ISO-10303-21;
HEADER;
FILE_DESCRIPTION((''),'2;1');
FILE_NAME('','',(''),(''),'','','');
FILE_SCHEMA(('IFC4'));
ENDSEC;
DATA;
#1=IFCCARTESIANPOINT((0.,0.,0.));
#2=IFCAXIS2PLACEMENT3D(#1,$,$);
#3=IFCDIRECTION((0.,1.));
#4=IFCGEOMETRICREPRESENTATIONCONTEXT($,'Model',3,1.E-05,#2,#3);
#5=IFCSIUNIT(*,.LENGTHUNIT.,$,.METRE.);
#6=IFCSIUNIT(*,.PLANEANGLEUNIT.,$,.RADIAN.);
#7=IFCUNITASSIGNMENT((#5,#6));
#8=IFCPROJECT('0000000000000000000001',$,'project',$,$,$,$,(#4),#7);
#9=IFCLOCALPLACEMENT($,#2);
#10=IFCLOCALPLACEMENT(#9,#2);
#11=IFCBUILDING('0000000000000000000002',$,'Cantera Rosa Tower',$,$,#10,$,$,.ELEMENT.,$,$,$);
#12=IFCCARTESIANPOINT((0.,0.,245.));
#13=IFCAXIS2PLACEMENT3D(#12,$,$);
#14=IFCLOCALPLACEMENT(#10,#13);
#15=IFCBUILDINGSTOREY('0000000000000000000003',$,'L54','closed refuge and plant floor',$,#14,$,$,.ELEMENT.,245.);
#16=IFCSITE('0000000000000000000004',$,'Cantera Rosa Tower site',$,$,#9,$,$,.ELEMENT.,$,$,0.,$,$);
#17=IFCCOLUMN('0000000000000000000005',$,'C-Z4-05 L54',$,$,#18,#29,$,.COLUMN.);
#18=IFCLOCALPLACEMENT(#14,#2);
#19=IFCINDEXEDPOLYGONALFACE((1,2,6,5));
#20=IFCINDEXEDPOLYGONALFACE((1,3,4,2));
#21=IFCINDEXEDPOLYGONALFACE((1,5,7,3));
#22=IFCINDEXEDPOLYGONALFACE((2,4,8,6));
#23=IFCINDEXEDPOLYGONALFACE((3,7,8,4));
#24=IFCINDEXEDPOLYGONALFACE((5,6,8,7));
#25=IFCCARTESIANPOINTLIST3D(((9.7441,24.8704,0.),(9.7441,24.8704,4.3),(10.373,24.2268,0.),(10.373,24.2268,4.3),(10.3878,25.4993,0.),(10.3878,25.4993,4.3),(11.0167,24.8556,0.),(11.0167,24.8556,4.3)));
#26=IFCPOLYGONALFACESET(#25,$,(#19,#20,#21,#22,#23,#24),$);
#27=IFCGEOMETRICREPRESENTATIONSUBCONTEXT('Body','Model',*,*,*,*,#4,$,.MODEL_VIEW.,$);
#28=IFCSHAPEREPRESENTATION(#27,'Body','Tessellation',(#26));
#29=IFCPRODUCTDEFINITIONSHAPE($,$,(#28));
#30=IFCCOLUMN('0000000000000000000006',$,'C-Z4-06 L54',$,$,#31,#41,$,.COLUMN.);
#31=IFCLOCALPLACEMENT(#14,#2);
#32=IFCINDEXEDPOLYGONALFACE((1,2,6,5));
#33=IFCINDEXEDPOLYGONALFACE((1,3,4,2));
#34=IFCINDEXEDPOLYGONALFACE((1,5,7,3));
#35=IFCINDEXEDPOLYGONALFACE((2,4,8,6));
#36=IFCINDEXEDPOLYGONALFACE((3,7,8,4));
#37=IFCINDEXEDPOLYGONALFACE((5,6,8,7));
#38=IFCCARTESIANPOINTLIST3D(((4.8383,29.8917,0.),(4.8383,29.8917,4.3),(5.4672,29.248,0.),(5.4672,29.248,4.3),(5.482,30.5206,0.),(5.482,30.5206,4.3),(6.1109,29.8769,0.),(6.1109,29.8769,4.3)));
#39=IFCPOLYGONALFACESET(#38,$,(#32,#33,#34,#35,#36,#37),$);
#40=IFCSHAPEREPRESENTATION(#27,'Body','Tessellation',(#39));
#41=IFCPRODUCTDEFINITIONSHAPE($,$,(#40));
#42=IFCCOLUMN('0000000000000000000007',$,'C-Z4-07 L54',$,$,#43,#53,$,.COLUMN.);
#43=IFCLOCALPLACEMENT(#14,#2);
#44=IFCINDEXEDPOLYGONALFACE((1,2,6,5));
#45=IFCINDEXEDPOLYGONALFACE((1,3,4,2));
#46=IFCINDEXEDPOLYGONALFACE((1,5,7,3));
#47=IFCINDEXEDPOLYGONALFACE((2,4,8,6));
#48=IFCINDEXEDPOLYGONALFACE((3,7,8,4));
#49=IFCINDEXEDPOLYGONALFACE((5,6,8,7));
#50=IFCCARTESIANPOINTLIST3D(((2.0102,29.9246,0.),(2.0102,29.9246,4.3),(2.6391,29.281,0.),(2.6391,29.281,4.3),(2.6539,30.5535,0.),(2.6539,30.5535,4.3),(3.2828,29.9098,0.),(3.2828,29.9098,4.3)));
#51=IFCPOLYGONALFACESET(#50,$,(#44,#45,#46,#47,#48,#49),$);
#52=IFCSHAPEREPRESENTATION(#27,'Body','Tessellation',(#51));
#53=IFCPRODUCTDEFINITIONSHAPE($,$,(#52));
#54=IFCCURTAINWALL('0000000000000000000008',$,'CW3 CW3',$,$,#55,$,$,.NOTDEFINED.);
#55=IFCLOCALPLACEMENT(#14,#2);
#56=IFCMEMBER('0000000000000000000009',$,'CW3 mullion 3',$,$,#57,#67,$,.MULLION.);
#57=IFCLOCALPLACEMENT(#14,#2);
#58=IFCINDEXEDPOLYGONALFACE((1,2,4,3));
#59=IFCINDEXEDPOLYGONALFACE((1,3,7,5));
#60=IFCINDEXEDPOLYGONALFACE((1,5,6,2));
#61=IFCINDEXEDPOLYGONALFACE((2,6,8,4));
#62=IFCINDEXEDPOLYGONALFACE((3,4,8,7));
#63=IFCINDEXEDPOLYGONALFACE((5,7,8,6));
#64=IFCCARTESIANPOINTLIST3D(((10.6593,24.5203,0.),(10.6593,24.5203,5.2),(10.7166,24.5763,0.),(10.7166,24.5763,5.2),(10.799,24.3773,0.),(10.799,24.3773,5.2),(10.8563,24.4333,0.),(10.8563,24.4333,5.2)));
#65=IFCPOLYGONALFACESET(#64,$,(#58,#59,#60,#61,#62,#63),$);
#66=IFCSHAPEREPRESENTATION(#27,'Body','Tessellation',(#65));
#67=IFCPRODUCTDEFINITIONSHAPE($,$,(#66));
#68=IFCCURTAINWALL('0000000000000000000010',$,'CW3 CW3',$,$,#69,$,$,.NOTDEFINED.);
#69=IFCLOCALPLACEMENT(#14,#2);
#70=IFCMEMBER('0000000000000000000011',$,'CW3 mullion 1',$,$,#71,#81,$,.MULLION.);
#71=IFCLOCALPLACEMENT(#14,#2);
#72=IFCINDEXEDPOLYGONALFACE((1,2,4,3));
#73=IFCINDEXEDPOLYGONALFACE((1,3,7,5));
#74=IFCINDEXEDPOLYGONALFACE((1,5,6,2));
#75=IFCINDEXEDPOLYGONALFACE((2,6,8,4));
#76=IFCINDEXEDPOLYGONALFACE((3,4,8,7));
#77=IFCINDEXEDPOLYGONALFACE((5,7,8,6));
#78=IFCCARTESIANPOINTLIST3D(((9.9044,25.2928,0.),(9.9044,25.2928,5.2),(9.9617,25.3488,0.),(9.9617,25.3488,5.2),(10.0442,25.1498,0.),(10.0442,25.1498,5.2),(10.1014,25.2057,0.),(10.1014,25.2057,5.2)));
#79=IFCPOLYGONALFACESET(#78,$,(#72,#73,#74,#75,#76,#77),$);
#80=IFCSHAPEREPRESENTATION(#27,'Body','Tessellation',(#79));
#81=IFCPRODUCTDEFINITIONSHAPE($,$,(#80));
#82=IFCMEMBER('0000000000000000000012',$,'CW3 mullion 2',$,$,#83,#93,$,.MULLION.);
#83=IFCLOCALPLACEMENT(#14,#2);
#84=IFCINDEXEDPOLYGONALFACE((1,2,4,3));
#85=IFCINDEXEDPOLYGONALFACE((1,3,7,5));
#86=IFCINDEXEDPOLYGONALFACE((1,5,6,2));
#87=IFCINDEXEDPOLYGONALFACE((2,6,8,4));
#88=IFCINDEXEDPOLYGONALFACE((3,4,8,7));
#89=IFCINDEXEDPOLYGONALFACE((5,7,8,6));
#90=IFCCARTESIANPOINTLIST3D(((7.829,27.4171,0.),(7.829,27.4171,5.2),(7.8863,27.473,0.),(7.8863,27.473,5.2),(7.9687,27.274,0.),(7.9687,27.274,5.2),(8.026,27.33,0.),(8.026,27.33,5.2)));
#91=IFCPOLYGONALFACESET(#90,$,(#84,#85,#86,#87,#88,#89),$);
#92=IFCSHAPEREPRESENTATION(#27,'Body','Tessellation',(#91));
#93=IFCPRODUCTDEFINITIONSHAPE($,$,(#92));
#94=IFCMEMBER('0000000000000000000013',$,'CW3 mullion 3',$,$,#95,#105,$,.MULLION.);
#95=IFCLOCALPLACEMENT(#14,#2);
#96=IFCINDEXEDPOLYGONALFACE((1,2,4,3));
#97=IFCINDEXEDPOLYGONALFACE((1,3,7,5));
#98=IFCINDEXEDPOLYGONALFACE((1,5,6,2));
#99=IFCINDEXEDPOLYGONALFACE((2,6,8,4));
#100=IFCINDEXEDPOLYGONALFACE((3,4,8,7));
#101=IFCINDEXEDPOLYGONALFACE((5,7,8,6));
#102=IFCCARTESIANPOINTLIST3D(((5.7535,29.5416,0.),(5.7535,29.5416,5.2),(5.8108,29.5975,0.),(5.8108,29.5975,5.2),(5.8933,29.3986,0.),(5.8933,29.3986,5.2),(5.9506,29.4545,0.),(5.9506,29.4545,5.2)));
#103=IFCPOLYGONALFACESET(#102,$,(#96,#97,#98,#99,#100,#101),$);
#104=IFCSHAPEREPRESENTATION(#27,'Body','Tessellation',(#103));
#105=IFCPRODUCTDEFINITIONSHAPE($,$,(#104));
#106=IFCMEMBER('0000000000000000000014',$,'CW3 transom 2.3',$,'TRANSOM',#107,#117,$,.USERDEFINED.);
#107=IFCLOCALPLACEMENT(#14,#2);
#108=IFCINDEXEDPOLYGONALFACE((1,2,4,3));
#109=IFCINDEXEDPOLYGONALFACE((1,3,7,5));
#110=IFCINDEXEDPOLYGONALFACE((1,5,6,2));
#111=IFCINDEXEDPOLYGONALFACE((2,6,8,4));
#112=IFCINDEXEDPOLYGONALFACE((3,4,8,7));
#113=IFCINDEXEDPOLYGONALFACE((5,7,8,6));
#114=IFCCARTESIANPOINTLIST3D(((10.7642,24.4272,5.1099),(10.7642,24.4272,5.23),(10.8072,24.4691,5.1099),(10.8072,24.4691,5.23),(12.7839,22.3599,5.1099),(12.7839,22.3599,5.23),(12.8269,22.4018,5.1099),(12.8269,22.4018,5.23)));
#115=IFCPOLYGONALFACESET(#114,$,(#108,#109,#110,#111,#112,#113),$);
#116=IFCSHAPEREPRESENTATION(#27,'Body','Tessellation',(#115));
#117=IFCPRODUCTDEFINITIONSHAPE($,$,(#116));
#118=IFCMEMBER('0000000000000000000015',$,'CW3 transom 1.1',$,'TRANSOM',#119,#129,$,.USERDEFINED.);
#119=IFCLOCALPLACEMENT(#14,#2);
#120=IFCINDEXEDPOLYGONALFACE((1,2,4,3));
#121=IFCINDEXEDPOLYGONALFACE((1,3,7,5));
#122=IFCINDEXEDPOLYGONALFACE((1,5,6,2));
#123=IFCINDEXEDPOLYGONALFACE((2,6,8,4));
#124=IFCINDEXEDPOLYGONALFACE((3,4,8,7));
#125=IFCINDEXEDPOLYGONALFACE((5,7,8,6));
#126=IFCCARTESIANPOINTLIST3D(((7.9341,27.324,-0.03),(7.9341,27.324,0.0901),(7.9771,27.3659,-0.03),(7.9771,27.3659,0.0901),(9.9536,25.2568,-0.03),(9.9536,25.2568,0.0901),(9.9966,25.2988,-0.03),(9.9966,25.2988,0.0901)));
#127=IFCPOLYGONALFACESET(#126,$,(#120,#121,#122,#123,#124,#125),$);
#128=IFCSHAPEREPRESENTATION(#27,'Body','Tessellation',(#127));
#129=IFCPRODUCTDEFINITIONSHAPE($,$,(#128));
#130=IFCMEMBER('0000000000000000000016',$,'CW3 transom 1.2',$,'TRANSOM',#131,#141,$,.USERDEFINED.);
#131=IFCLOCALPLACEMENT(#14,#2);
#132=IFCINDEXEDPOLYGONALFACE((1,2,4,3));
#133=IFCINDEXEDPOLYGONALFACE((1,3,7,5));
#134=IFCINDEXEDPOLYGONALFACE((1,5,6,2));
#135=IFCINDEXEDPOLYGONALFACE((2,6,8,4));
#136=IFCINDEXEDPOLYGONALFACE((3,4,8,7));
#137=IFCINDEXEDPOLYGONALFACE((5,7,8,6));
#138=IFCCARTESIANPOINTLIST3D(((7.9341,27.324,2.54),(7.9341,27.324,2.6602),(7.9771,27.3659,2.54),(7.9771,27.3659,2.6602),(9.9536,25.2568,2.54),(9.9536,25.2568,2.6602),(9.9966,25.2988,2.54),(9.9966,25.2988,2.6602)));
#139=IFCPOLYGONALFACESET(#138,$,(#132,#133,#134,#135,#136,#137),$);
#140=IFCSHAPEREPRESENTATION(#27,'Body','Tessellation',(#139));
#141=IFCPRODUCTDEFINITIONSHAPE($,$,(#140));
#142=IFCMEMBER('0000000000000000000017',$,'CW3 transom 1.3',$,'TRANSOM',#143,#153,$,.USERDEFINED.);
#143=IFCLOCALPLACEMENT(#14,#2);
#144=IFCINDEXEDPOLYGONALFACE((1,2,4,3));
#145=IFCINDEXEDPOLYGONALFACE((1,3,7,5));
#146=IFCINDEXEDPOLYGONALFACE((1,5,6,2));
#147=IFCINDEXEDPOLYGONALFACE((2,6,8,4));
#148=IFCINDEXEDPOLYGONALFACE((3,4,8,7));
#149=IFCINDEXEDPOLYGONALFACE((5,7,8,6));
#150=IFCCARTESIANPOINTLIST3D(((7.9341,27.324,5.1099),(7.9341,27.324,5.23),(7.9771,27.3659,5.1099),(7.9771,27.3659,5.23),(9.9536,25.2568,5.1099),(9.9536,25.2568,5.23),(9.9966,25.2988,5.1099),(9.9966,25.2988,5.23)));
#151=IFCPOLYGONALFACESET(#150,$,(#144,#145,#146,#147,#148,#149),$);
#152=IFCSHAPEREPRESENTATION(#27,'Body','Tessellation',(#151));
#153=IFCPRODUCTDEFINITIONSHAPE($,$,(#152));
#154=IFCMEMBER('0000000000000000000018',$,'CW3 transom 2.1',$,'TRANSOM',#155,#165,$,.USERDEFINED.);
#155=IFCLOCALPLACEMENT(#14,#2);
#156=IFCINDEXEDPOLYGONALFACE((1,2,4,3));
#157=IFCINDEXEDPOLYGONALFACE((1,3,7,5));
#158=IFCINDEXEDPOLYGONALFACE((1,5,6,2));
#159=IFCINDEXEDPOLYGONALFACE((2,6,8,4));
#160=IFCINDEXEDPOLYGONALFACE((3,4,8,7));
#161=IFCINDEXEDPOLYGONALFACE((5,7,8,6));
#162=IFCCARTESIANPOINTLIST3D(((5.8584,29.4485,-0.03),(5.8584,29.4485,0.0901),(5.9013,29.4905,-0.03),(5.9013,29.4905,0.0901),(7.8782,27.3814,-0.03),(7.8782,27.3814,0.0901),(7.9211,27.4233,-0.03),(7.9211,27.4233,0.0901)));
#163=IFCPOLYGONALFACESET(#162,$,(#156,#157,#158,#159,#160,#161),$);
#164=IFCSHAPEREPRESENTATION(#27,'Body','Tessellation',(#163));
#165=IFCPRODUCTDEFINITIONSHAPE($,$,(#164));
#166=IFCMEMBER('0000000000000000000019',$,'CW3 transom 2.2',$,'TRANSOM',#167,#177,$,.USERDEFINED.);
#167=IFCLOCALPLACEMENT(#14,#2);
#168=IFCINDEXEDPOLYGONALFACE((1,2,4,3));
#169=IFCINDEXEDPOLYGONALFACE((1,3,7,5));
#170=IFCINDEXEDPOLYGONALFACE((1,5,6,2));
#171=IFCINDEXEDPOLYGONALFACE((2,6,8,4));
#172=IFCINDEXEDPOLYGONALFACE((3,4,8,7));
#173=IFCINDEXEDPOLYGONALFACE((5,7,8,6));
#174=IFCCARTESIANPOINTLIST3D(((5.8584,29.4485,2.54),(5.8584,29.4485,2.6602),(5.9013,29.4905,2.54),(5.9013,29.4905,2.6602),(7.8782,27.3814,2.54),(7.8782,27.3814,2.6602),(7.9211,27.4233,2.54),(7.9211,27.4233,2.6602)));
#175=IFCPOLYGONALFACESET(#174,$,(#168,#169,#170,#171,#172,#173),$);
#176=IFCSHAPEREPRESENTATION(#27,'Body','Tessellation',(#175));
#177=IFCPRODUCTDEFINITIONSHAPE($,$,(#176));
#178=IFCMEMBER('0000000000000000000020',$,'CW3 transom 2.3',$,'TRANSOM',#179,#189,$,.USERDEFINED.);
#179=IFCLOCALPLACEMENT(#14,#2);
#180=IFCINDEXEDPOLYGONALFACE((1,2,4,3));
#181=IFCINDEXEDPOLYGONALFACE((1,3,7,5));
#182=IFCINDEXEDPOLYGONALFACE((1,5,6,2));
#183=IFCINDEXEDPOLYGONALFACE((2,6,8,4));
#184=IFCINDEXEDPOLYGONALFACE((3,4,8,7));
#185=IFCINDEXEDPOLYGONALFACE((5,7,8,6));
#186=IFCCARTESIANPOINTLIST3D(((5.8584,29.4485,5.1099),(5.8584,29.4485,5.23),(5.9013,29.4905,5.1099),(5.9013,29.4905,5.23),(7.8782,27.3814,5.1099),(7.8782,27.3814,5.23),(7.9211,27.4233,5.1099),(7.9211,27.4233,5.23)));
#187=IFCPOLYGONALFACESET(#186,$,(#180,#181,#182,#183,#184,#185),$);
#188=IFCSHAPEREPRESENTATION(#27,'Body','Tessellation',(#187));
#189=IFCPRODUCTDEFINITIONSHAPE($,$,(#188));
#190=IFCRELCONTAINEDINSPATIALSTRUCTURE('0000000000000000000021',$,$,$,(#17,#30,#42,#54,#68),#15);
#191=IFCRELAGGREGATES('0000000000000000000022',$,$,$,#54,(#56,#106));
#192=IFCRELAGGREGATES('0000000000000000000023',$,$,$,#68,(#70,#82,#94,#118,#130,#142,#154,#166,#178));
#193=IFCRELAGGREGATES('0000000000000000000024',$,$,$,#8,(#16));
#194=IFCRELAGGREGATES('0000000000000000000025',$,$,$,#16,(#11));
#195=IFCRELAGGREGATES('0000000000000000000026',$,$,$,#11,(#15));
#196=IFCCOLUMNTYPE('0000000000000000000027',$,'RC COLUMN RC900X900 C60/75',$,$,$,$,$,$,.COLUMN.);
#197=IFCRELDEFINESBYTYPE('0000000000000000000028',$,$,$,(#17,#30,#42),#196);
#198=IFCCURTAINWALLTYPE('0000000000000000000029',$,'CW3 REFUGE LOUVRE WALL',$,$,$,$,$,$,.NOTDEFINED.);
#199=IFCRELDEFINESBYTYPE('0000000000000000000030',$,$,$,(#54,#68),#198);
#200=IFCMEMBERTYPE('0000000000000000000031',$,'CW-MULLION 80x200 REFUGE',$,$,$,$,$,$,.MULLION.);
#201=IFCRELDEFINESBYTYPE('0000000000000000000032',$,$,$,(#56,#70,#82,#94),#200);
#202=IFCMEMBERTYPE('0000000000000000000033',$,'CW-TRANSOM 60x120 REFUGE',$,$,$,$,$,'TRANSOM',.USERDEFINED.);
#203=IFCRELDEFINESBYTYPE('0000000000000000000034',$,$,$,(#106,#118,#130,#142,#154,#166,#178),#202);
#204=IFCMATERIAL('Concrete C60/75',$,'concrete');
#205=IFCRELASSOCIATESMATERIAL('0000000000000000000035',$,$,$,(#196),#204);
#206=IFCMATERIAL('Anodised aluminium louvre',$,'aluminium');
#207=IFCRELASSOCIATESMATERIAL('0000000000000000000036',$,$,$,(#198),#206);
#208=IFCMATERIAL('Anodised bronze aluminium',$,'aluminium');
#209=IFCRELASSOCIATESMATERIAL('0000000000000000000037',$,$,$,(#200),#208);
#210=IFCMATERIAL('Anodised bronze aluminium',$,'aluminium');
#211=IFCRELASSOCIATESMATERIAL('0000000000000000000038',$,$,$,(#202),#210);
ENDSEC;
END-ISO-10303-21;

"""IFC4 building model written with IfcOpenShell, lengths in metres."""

from ifc_helpers import new_model, si_unit, direction, frame, origin, origin_2d, place, context, subcontext, project, spatial, rectangle, extrude, material, material_profile, profile_set, type_object, element, aggregate, save


model = new_model("IFC4")

# Units and contexts
model_context = context("Model", 3, precision=1e-05, world=origin(), true_north=direction((0.0, 1.0)))
body_context = subcontext(model_context, "Body", "Model", "MODEL_VIEW")
ifc_project = project(units=[si_unit("LENGTHUNIT", "METRE"), si_unit("PLANEANGLEUNIT", "RADIAN")], contexts=[model_context])

# Site, building, storey
site_placement = place(None, origin())
site = spatial("IfcSite", under=ifc_project, at=site_placement, Name="Cantera Rosa Tower site", CompositionType="ELEMENT", RefElevation=0.0)
building_placement = place(site_placement, origin())
building = spatial("IfcBuilding", under=site, at=building_placement, Name="Cantera Rosa Tower", CompositionType="ELEMENT")
storey_placement = place(building_placement, frame((0.0, 0.0, 245.0)))
storey = spatial("IfcBuildingStorey", under=building, at=storey_placement, Name="L54", Description="closed refuge and plant floor", CompositionType="ELEMENT", Elevation=245.0)

# Columns
ifc_material_1 = material(Name="Concrete C60/75", Category="concrete")
ifc_material_profile_1 = material_profile(ifc_material_1, rectangle(XDim=0.8999, YDim=0.8999, at=origin_2d()), Name="RC COLUMN RC900X900 C60/75")
ifc_profile_set_1 = profile_set([ifc_material_profile_1], Name="Concrete C60/75")
column_type = type_object("IfcColumnType", Name="RC COLUMN RC900X900 C60/75", PredefinedType="COLUMN", material=ifc_profile_set_1)
for number, where, z_axis, x_axis, name in (
    (1, (10.3804, 24.863, 0.0), (0.0, 0.0, 1.0), (0.715286, 0.698832, 0.0), "C-Z4-05 L54"),
    (2, (5.4746, 29.8843, 0.0), (0.0, 0.0, 1.0), (0.715286, 0.698832, 0.0), "C-Z4-06 L54"),
    (3, (2.6465, 29.9172, 0.0), (0.0, 0.0, 1.0), (0.715286, 0.698832, 0.0), "C-Z4-07 L54"),
):
    element("IfcColumn", number, at=place(storey_placement, frame(where, z_axis=z_axis, x_axis=x_axis)), inside=storey, type_object=column_type, Name=name, PredefinedType="COLUMN", context=body_context, shape_type="SweptSolid", body=[
        extrude(rectangle(XDim=0.8999, YDim=0.8999, at=origin_2d()), origin(), (0.0, 0.0, 1.0), 4.3),
    ])

# Curtain wall, member
ifc_material_2 = material(Name="Anodised aluminium louvre", Category="aluminium")
curtain_wall_type = type_object("IfcCurtainWallType", Name="CW3 REFUGE LOUVRE WALL", PredefinedType="NOTDEFINED", material=ifc_material_2)
curtain_wall_1_placement = place(storey_placement, origin())
curtain_wall_1 = element("IfcCurtainWall", 4, at=curtain_wall_1_placement, inside=storey, type_object=curtain_wall_type, Name="CW3 CW3", PredefinedType="NOTDEFINED")
ifc_material_3 = material(Name="Anodised bronze aluminium", Category="aluminium")
ifc_material_profile_2 = material_profile(ifc_material_3, rectangle(XDim=0.0801, YDim=0.2, at=origin_2d()), Name="CW-MULLION 80x200 REFUGE")
ifc_profile_set_2 = profile_set([ifc_material_profile_2], Name="Anodised bronze aluminium")
member_type_1 = type_object("IfcMemberType", Name="CW-MULLION 80x200 REFUGE", PredefinedType="MULLION", material=ifc_profile_set_2)
member_1_placement = place(storey_placement, frame((10.7578, 24.4768, 0.0), z_axis=(0.0, 0.0, 1.0), x_axis=(-0.715286, -0.698832, 0.0)))
member_1 = element("IfcMember", 5, at=member_1_placement, type_object=member_type_1, Name="CW3 mullion 3", PredefinedType="MULLION", context=body_context, shape_type="SweptSolid", body=[
    extrude(rectangle(XDim=0.0801, YDim=0.2, at=origin_2d()), origin(), (0.0, 0.0, 1.0), 5.2),
])

# Curtain wall, members
curtain_wall_2_placement = place(storey_placement, origin())
curtain_wall_2 = element("IfcCurtainWall", 6, at=curtain_wall_2_placement, inside=storey, type_object=curtain_wall_type, Name="CW3 CW3", PredefinedType="NOTDEFINED")
member_2_placement = place(storey_placement, frame((10.0029, 25.2493, 0.0), z_axis=(0.0, 0.0, 1.0), x_axis=(-0.715286, -0.698832, 0.0)))
member_2 = element("IfcMember", 7, at=member_2_placement, type_object=member_type_1, Name="CW3 mullion 1", PredefinedType="MULLION", context=body_context, shape_type="SweptSolid", body=[
    extrude(rectangle(XDim=0.0801, YDim=0.2, at=origin_2d()), origin(), (0.0, 0.0, 1.0), 5.2),
])
member_3_placement = place(storey_placement, frame((7.9275, 27.3735, 0.0), z_axis=(0.0, 0.0, 1.0), x_axis=(-0.715286, -0.698832, 0.0)))
member_3 = element("IfcMember", 8, at=member_3_placement, type_object=member_type_1, Name="CW3 mullion 2", PredefinedType="MULLION", context=body_context, shape_type="SweptSolid", body=[
    extrude(rectangle(XDim=0.0801, YDim=0.2, at=origin_2d()), origin(), (0.0, 0.0, 1.0), 5.2),
])
member_4_placement = place(storey_placement, frame((5.8521, 29.498, 0.0), z_axis=(0.0, 0.0, 1.0), x_axis=(-0.715286, -0.698832, 0.0)))
member_4 = element("IfcMember", 9, at=member_4_placement, type_object=member_type_1, Name="CW3 mullion 3", PredefinedType="MULLION", context=body_context, shape_type="SweptSolid", body=[
    extrude(rectangle(XDim=0.0801, YDim=0.2, at=origin_2d()), origin(), (0.0, 0.0, 1.0), 5.2),
])

# Members
ifc_material_4 = material(Name="Anodised bronze aluminium", Category="aluminium")
ifc_material_profile_3 = material_profile(ifc_material_4, rectangle(XDim=0.0601, YDim=0.1201, at=origin_2d()), Name="CW-TRANSOM 60x120 REFUGE")
ifc_profile_set_3 = profile_set([ifc_material_profile_3], Name="Anodised bronze aluminium")
member_type_2 = type_object("IfcMemberType", Name="CW-TRANSOM 60x120 REFUGE", ElementType="TRANSOM", PredefinedType="USERDEFINED", material=ifc_profile_set_3)
member_5_placement = place(storey_placement, frame((12.8054, 22.3809, 5.1699), z_axis=(-0.698823, 0.715295, 0.0), x_axis=(-0.715295, -0.698823, 0.0)))
member_5 = element("IfcMember", 10, at=member_5_placement, type_object=member_type_2, Name="CW3 transom 2.3", ObjectType="TRANSOM", PredefinedType="USERDEFINED", context=body_context, shape_type="SweptSolid", body=[
    extrude(rectangle(XDim=0.0601, YDim=0.1201, at=origin_2d()), origin(), (0.0, 0.0, 1.0), 2.8901),
])
member_6_placement = place(storey_placement, frame((9.9751, 25.2778, 0.03), z_axis=(-0.698822, 0.715296, 0.0), x_axis=(-0.715296, -0.698822, 0.0)))
member_6 = element("IfcMember", 11, at=member_6_placement, type_object=member_type_2, Name="CW3 transom 1.1", ObjectType="TRANSOM", PredefinedType="USERDEFINED", context=body_context, shape_type="SweptSolid", body=[
    extrude(rectangle(XDim=0.0601, YDim=0.1201, at=origin_2d()), origin(), (0.0, 0.0, 1.0), 2.8899),
])
member_7_placement = place(storey_placement, frame((9.9751, 25.2778, 2.6001), z_axis=(-0.698822, 0.715296, 0.0), x_axis=(-0.715296, -0.698822, 0.0)))
member_7 = element("IfcMember", 12, at=member_7_placement, type_object=member_type_2, Name="CW3 transom 1.2", ObjectType="TRANSOM", PredefinedType="USERDEFINED", context=body_context, shape_type="SweptSolid", body=[
    extrude(rectangle(XDim=0.0601, YDim=0.1201, at=origin_2d()), origin(), (0.0, 0.0, 1.0), 2.8899),
])
member_8_placement = place(storey_placement, frame((9.9751, 25.2778, 5.1699), z_axis=(-0.698822, 0.715296, 0.0), x_axis=(-0.715296, -0.698822, 0.0)))
member_8 = element("IfcMember", 13, at=member_8_placement, type_object=member_type_2, Name="CW3 transom 1.3", ObjectType="TRANSOM", PredefinedType="USERDEFINED", context=body_context, shape_type="SweptSolid", body=[
    extrude(rectangle(XDim=0.0601, YDim=0.1201, at=origin_2d()), origin(), (0.0, 0.0, 1.0), 2.8899),
])
member_9_placement = place(storey_placement, frame((7.8997, 27.4023, 0.03), z_axis=(-0.698865, 0.715253, 0.0), x_axis=(-0.715253, -0.698865, 0.0)))
member_9 = element("IfcMember", 14, at=member_9_placement, type_object=member_type_2, Name="CW3 transom 2.1", ObjectType="TRANSOM", PredefinedType="USERDEFINED", context=body_context, shape_type="SweptSolid", body=[
    extrude(rectangle(XDim=0.0601, YDim=0.1201, at=origin_2d()), origin(), (0.0, 0.0, 1.0), 2.8901),
])
member_10_placement = place(storey_placement, frame((7.8997, 27.4023, 2.6001), z_axis=(-0.698865, 0.715253, 0.0), x_axis=(-0.715253, -0.698865, 0.0)))
member_10 = element("IfcMember", 15, at=member_10_placement, type_object=member_type_2, Name="CW3 transom 2.2", ObjectType="TRANSOM", PredefinedType="USERDEFINED", context=body_context, shape_type="SweptSolid", body=[
    extrude(rectangle(XDim=0.0601, YDim=0.1201, at=origin_2d()), origin(), (0.0, 0.0, 1.0), 2.8901),
])
member_11_placement = place(storey_placement, frame((7.8997, 27.4023, 5.1699), z_axis=(-0.698865, 0.715253, 0.0), x_axis=(-0.715253, -0.698865, 0.0)))
member_11 = element("IfcMember", 16, at=member_11_placement, type_object=member_type_2, Name="CW3 transom 2.3", ObjectType="TRANSOM", PredefinedType="USERDEFINED", context=body_context, shape_type="SweptSolid", body=[
    extrude(rectangle(XDim=0.0601, YDim=0.1201, at=origin_2d()), origin(), (0.0, 0.0, 1.0), 2.8901),
])

aggregate(curtain_wall_1, [member_1, member_5])
aggregate(curtain_wall_2, [member_2, member_3, member_4, member_6, member_7, member_8, member_9, member_10, member_11])

save(model, "model.ifc")
